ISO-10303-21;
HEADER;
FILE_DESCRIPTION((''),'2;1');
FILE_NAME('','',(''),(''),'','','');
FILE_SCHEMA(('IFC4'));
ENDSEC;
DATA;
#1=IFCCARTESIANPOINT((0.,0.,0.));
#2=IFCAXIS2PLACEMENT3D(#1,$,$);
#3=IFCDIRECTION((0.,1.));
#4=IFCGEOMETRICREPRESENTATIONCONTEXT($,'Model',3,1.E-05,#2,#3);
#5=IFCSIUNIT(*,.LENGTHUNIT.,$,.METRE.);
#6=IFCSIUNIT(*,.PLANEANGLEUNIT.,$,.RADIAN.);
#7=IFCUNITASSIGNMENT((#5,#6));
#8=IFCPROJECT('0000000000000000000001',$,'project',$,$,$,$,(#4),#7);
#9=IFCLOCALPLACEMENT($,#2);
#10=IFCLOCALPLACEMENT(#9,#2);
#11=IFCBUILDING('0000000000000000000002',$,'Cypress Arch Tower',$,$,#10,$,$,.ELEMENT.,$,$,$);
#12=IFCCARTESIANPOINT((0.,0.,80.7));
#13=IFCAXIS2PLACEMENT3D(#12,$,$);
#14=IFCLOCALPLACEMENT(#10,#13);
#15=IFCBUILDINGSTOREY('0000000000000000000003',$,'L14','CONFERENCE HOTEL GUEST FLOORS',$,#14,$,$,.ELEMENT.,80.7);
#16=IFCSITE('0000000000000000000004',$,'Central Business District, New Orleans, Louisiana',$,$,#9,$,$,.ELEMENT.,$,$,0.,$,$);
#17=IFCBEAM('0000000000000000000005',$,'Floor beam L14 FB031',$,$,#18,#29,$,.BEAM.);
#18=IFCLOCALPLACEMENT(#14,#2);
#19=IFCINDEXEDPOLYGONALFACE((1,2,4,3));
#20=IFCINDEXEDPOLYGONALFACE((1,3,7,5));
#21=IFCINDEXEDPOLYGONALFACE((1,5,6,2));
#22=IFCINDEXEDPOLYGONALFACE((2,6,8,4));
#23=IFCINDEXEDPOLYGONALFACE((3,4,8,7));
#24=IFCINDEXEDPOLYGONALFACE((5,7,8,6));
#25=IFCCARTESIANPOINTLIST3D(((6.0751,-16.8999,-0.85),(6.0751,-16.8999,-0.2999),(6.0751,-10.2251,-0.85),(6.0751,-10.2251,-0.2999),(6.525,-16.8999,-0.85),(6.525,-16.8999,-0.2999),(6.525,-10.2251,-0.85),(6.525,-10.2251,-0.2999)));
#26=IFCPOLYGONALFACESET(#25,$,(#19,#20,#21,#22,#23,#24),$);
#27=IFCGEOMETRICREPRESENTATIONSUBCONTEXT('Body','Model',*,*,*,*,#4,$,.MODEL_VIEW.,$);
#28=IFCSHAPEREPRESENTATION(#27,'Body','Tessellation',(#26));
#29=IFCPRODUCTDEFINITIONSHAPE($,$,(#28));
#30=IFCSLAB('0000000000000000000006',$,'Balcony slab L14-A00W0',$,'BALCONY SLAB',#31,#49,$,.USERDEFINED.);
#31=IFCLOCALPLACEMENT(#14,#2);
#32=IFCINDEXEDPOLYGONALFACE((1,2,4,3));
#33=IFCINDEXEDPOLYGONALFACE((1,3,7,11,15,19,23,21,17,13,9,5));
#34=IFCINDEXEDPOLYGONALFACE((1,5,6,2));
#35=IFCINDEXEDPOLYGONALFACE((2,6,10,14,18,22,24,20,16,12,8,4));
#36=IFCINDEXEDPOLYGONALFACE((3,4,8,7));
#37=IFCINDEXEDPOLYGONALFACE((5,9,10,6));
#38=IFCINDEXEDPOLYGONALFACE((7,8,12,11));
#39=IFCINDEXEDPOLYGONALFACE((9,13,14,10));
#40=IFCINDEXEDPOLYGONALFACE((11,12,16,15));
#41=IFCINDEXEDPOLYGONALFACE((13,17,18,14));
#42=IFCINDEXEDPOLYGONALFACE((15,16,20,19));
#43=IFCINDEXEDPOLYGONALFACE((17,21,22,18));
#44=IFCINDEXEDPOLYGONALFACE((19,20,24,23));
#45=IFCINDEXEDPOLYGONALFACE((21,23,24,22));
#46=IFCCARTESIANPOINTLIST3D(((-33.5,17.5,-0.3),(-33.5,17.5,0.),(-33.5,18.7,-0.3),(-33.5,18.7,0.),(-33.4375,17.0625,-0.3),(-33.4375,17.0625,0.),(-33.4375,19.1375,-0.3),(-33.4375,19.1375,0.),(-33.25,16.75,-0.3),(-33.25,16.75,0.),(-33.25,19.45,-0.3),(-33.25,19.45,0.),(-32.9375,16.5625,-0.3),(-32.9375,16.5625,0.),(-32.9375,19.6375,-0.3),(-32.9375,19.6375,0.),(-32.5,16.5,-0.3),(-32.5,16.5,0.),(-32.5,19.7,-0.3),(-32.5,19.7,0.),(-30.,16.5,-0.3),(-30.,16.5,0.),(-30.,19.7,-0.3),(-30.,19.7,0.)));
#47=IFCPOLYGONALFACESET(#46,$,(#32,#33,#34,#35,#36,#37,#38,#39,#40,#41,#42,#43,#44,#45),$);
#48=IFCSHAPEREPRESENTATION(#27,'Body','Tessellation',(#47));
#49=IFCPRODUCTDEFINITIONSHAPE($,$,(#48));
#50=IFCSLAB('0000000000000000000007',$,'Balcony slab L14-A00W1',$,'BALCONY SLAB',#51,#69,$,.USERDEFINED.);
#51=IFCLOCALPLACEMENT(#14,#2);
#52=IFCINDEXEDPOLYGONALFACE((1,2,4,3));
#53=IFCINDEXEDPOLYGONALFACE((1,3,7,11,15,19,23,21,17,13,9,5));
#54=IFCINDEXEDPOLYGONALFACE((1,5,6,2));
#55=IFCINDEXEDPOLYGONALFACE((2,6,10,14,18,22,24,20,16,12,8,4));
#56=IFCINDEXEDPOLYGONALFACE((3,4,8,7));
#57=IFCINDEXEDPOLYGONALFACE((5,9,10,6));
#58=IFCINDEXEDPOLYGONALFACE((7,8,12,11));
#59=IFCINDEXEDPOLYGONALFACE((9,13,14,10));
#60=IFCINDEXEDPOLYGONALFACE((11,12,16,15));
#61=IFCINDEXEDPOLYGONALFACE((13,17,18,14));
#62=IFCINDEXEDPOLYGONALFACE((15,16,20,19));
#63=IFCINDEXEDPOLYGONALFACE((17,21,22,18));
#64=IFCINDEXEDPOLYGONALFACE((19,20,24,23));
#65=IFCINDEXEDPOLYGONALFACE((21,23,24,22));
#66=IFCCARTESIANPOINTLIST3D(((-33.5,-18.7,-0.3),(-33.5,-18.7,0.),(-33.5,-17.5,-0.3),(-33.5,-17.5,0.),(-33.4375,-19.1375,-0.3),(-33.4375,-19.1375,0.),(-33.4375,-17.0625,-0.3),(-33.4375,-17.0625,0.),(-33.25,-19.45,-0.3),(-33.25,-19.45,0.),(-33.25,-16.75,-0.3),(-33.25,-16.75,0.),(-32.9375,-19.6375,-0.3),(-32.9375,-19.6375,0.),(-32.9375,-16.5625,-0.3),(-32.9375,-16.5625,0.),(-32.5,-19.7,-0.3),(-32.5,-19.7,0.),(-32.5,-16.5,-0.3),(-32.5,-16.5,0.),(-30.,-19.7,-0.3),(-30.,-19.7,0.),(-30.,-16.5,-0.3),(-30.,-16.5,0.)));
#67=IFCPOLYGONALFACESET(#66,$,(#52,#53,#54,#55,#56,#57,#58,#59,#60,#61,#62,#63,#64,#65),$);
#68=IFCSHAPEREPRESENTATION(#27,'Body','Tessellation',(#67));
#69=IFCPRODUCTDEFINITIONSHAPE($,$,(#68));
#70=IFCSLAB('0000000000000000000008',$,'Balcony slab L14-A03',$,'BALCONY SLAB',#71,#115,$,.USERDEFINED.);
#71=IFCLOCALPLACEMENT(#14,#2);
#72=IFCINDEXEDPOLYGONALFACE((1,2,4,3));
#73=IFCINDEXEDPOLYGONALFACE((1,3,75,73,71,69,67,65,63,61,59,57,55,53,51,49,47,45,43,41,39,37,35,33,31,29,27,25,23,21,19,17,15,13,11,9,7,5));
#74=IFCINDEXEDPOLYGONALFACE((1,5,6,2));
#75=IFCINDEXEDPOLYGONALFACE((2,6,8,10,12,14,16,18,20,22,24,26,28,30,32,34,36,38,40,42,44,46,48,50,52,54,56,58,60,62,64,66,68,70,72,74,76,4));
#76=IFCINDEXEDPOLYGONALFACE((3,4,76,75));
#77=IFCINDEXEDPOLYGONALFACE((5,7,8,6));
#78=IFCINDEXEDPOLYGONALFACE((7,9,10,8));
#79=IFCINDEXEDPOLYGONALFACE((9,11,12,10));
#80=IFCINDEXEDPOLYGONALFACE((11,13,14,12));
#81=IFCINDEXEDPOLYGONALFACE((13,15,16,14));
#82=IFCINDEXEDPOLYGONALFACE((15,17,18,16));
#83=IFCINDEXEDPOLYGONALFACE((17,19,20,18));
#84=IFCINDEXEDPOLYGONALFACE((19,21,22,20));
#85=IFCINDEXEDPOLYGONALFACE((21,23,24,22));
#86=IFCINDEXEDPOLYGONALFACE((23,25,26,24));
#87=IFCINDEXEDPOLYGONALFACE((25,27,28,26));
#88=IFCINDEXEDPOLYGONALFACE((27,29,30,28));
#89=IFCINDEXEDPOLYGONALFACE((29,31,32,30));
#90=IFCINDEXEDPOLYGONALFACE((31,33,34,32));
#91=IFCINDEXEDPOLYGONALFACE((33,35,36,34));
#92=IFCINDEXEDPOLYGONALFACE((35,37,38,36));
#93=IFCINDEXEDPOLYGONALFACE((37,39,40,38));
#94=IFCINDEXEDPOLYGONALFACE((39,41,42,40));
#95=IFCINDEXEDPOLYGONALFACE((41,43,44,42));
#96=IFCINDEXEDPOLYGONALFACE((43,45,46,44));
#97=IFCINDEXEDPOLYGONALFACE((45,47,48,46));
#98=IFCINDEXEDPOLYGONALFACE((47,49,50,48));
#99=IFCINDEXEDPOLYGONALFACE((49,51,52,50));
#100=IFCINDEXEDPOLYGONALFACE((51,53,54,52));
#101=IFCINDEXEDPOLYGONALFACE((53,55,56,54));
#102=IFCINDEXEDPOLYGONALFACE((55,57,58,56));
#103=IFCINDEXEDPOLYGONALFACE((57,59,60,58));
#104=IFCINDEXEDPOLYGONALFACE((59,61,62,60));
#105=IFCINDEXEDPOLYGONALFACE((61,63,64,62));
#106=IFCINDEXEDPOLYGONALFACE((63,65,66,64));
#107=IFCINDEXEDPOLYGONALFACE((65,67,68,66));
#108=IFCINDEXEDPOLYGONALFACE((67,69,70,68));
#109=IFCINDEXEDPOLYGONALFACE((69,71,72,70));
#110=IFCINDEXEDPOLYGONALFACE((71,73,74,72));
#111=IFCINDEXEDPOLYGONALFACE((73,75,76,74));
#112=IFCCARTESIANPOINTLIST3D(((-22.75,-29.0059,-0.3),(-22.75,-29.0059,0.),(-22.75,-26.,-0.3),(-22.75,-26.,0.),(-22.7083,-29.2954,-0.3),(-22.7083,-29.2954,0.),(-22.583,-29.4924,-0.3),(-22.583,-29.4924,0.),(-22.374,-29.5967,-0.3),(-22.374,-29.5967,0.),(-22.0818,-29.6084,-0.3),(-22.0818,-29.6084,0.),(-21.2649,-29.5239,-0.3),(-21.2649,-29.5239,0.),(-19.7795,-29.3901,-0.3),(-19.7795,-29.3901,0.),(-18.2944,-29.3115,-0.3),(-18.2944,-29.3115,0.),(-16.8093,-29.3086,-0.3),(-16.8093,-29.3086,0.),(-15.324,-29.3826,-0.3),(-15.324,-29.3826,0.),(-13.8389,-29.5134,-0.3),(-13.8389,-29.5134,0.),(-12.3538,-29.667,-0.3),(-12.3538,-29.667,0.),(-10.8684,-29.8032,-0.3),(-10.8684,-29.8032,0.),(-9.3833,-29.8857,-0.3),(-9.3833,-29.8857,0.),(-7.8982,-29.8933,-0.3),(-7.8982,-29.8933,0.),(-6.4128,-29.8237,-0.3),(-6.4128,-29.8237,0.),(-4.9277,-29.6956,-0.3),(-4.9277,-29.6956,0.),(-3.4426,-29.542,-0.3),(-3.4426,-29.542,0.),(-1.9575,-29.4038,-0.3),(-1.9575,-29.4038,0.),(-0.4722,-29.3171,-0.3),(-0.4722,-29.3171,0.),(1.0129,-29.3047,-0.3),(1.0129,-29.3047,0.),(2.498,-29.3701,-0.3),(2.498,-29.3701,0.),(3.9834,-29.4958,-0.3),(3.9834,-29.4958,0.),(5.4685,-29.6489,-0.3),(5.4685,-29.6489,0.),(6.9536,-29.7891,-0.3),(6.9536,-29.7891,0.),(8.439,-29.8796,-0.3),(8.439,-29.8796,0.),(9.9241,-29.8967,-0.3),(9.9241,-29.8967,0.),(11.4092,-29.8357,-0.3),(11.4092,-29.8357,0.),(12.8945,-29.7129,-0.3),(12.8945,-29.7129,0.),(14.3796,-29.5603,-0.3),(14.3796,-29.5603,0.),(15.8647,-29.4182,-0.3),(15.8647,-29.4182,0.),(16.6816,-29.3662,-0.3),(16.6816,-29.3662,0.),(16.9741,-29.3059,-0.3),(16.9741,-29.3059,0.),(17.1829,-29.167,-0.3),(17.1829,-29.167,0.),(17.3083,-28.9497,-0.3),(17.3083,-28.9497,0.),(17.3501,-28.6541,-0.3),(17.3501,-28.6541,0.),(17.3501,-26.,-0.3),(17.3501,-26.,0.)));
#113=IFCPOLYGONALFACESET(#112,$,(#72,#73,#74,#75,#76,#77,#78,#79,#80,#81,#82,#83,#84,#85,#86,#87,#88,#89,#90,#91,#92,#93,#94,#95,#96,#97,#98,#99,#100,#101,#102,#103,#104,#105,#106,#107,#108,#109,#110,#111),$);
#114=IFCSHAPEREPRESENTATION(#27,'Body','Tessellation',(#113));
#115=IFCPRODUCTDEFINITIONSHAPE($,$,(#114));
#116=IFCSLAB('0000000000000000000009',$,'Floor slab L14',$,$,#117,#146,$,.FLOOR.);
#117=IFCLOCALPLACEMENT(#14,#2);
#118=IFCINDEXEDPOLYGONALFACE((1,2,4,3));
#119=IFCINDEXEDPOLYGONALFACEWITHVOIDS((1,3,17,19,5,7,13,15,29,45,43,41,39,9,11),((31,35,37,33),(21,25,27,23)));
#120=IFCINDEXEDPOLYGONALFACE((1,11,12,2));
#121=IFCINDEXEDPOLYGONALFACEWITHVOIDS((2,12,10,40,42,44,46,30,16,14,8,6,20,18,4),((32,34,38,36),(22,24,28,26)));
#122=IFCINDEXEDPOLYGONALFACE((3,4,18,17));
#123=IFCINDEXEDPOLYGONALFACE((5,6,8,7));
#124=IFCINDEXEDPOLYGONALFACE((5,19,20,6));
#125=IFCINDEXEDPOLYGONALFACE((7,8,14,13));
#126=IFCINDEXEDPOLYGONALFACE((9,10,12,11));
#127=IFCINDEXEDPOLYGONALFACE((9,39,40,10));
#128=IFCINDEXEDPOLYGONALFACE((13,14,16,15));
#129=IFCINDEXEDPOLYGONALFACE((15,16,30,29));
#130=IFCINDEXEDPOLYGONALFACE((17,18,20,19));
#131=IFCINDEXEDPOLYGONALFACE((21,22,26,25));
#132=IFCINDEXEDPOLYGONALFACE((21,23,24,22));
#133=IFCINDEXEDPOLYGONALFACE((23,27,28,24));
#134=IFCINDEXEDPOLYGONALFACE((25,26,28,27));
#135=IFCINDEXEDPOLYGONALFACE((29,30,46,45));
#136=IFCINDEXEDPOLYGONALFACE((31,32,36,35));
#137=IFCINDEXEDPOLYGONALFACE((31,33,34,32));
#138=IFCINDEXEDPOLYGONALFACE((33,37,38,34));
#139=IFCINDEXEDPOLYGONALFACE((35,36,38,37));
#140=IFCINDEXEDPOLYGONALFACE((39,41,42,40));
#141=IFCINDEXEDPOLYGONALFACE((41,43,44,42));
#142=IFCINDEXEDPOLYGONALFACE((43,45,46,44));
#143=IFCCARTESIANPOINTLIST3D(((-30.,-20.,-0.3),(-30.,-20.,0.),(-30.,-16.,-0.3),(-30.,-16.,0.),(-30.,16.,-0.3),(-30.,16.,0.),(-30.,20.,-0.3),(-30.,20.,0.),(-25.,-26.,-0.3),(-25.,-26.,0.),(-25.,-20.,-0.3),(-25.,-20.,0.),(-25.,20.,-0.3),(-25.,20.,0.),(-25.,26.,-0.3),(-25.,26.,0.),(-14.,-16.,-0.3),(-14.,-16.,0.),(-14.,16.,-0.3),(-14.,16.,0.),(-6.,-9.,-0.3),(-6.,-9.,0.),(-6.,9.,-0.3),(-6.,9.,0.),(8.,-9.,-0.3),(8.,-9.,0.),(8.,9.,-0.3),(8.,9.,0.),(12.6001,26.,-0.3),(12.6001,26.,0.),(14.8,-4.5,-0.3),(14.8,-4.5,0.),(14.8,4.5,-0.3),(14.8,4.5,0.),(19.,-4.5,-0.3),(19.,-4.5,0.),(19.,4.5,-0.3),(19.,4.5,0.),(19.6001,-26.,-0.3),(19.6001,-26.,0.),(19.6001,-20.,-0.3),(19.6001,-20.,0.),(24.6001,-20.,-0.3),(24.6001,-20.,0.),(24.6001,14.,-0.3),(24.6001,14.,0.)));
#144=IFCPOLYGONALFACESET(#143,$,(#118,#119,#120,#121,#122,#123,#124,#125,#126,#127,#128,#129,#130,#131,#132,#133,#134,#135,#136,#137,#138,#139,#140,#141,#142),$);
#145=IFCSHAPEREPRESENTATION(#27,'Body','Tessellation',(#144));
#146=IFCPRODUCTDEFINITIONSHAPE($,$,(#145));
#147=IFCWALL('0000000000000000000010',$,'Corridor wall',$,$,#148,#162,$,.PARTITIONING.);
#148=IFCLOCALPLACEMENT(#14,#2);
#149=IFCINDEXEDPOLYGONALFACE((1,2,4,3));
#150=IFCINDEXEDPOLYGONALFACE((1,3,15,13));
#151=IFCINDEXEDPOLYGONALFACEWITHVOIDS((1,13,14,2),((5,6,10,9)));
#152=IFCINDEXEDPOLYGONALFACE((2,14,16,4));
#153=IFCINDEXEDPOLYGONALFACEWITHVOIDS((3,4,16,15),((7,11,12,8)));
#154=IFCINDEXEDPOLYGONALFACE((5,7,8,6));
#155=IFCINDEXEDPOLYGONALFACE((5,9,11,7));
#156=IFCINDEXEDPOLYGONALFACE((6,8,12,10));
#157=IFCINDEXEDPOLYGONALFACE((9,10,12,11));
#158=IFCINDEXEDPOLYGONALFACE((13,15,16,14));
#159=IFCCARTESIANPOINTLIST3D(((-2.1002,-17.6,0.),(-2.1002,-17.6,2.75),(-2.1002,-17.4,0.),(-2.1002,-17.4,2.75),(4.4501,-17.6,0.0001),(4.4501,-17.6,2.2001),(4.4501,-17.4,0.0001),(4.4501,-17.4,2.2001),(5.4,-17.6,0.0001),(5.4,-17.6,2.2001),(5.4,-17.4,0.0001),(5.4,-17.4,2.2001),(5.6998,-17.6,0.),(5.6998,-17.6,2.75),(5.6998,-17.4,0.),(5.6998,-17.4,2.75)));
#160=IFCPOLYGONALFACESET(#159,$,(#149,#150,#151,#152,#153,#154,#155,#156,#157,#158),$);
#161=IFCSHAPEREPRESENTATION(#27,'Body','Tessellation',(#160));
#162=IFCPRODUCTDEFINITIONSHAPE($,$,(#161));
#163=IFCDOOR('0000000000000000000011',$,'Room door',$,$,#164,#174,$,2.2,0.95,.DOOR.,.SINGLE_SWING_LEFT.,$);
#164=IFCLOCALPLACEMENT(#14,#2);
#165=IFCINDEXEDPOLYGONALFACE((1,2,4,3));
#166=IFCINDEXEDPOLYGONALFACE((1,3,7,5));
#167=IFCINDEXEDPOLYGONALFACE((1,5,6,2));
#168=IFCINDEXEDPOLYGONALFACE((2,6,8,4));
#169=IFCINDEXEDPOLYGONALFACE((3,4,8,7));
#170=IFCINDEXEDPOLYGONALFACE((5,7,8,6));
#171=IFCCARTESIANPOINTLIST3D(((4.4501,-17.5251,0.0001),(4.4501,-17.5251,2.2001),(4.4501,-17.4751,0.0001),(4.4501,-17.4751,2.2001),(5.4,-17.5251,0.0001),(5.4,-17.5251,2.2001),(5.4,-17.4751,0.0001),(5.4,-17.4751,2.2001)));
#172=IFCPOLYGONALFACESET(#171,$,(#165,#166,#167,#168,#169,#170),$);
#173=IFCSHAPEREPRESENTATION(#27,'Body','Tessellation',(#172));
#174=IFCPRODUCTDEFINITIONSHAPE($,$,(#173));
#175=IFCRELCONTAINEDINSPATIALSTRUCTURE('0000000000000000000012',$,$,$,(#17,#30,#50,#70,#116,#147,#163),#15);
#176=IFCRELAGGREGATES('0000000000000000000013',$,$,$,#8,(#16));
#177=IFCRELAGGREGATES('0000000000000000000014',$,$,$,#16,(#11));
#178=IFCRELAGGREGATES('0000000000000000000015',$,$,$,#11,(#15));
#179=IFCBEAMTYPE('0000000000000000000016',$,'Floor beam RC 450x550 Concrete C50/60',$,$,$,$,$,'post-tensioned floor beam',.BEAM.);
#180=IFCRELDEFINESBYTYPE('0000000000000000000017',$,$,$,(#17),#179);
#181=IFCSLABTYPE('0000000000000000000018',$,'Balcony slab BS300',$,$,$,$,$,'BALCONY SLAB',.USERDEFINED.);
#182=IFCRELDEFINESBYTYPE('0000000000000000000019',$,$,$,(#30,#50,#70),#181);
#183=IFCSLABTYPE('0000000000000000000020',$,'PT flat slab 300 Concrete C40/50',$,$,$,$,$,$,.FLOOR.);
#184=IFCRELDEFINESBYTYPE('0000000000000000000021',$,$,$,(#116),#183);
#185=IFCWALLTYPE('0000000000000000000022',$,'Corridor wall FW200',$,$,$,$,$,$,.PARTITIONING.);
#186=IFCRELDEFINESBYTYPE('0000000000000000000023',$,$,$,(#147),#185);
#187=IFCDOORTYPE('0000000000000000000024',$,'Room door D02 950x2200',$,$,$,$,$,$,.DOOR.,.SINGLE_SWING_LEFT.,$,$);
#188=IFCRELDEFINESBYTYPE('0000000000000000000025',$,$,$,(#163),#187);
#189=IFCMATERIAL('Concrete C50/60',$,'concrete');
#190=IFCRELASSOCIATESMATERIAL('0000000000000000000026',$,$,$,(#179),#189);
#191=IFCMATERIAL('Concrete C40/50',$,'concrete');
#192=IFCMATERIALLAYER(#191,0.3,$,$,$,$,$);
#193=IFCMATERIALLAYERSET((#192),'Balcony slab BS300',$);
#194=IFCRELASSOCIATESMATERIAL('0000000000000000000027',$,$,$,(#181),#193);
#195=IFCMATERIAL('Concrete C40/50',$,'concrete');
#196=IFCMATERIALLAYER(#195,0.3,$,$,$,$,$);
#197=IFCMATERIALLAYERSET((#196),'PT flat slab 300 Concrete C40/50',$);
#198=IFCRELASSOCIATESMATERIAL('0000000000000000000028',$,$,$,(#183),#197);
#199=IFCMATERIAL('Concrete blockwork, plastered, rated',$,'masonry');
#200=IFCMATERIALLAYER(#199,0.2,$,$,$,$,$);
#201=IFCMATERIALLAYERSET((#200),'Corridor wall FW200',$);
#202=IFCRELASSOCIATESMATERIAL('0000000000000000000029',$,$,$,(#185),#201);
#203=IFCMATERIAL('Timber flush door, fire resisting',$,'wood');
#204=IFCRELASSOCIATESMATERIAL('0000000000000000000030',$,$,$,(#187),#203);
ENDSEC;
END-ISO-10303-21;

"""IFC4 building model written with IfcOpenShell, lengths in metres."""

from ifc_helpers import new_model, si_unit, direction, frame, frame_2d, origin, origin_2d, place, context, subcontext, project, spatial, polyline, rectangle, outline, extrude, material, layer, layer_set, material_profile, profile_set, type_object, element, fill, save


model = new_model("IFC4")

# Units and contexts
model_context = context("Model", 3, precision=1e-05, world=origin(), true_north=direction((0.0, 1.0)))
body_context = subcontext(model_context, "Body", "Model", "MODEL_VIEW")
ifc_project = project(units=[si_unit("LENGTHUNIT", "METRE"), si_unit("PLANEANGLEUNIT", "RADIAN")], contexts=[model_context])

# Site, building, storey
site_placement = place(None, origin())
site = spatial("IfcSite", under=ifc_project, at=site_placement, Name="Central Business District, New Orleans, Louisiana", CompositionType="ELEMENT", RefElevation=0.0)
building_placement = place(site_placement, origin())
building = spatial("IfcBuilding", under=site, at=building_placement, Name="Cypress Arch Tower", CompositionType="ELEMENT")
storey_placement = place(building_placement, frame((0.0, 0.0, 80.7)))
storey = spatial("IfcBuildingStorey", under=building, at=storey_placement, Name="L14", Description="CONFERENCE HOTEL GUEST FLOORS", CompositionType="ELEMENT", Elevation=80.7)

# Beam
ifc_material_1 = material(Name="Concrete C50/60", Category="concrete")
ifc_material_profile_1 = material_profile(ifc_material_1, rectangle(XDim=0.45, YDim=0.55, at=origin_2d()), Name="RC 450x550")
ifc_profile_set_1 = profile_set([ifc_material_profile_1], Name="Concrete C50/60")
beam_type_1 = type_object("IfcBeamType", Name="Floor beam RC 450x550 Concrete C50/60", ElementType="post-tensioned floor beam", PredefinedType="BEAM", material=ifc_profile_set_1)
beam_1_placement = place(storey_placement, frame((6.3, -16.8999, -0.575), z_axis=(0.0, 1.0, 0.0), x_axis=(-1.0, 0.0, 0.0)))
element("IfcBeam", 1, at=beam_1_placement, inside=storey, type_object=beam_type_1, Name="Floor beam L14 FB031", PredefinedType="BEAM", context=body_context, shape_type="SweptSolid", body=[
    extrude(rectangle(XDim=0.45, YDim=0.55, at=origin_2d()), origin(), (0.0, 0.0, 1.0), 6.6748),
])

# Slabs
ifc_material_2 = material(Name="Concrete C40/50", Category="concrete")
ifc_layer_1 = layer(ifc_material_2, 0.3)
ifc_layer_set_1 = layer_set([ifc_layer_1], Name="Balcony slab BS300")
slab_type_1 = type_object("IfcSlabType", Name="Balcony slab BS300", ElementType="BALCONY SLAB", PredefinedType="USERDEFINED", material=ifc_layer_set_1)
slab_1_placement = place(storey_placement, frame((0.0, 0.0, -0.3)))
element("IfcSlab", 2, at=slab_1_placement, inside=storey, type_object=slab_type_1, Name="Balcony slab L14-A00W0", ObjectType="BALCONY SLAB", PredefinedType="USERDEFINED", context=body_context, shape_type="SweptSolid", body=[
    extrude(outline(polyline([(-30.0, 19.7), (-32.5, 19.7), (-32.9375, 19.6375), (-33.25, 19.45), (-33.4375, 19.1375), (-33.5, 18.7), (-33.5, 17.5), (-33.4375, 17.0625), (-33.25, 16.75), (-32.9375, 16.5625), (-32.5, 16.5), (-30.0, 16.5), (-30.0, 19.7)])), origin(), (0.0, 0.0, 1.0), 0.3),
])
slab_2_placement = place(storey_placement, frame((0.0, 0.0, -0.3)))
element("IfcSlab", 3, at=slab_2_placement, inside=storey, type_object=slab_type_1, Name="Balcony slab L14-A00W1", ObjectType="BALCONY SLAB", PredefinedType="USERDEFINED", context=body_context, shape_type="SweptSolid", body=[
    extrude(outline(polyline([(-30.0, -16.5), (-32.5, -16.5), (-32.9375, -16.5625), (-33.25, -16.75), (-33.4375, -17.0625), (-33.5, -17.5), (-33.5, -18.7), (-33.4375, -19.1375), (-33.25, -19.45), (-32.9375, -19.6375), (-32.5, -19.7), (-30.0, -19.7), (-30.0, -16.5)])), origin(), (0.0, 0.0, 1.0), 0.3),
])
slab_3_placement = place(storey_placement, frame((0.0, 0.0, -0.3)))
element("IfcSlab", 4, at=slab_3_placement, inside=storey, type_object=slab_type_1, Name="Balcony slab L14-A03", ObjectType="BALCONY SLAB", PredefinedType="USERDEFINED", context=body_context, shape_type="SweptSolid", body=[
    extrude(outline(polyline([(-22.75, -26.0), (-22.75, -29.0059), (-22.7083, -29.2954), (-22.583, -29.4924), (-22.374, -29.5967), (-22.0818, -29.6084), (-21.2649, -29.5239), (-19.7795, -29.3901), (-18.2944, -29.3115), (-16.8093, -29.3086), (-15.324, -29.3826), (-13.8389, -29.5134), (-12.3538, -29.667), (-10.8684, -29.8032), (-9.3833, -29.8857), (-7.8982, -29.8933), (-6.4128, -29.8237), (-4.9277, -29.6956), (-3.4426, -29.542), (-1.9575, -29.4038), (-0.4722, -29.3171), (1.0129, -29.3047), (2.498, -29.3701), (3.9834, -29.4958), (5.4685, -29.6489), (6.9536, -29.7891), (8.439, -29.8796), (9.9241, -29.8967), (11.4092, -29.8357), (12.8945, -29.7129), (14.3796, -29.5603), (15.8647, -29.4182), (16.6816, -29.3662), (16.9741, -29.3059), (17.1829, -29.167), (17.3083, -28.9497), (17.3501, -28.6541), (17.3501, -26.0), (-22.75, -26.0)])), origin(), (0.0, 0.0, 1.0), 0.3),
])
ifc_material_3 = material(Name="Concrete C40/50", Category="concrete")
ifc_layer_2 = layer(ifc_material_3, 0.3)
ifc_layer_set_2 = layer_set([ifc_layer_2], Name="PT flat slab 300 Concrete C40/50")
slab_type_2 = type_object("IfcSlabType", Name="PT flat slab 300 Concrete C40/50", PredefinedType="FLOOR", material=ifc_layer_set_2)
slab_4_placement = place(storey_placement, frame((0.0, 0.0, -0.3)))
element("IfcSlab", 5, at=slab_4_placement, inside=storey, type_object=slab_type_2, Name="Floor slab L14", PredefinedType="FLOOR", context=body_context, shape_type="SweptSolid", body=[
    extrude(outline(polyline([(-30.0, 20.0), (-25.0, 20.0), (-25.0, 26.0), (12.6001, 26.0), (24.6001, 14.0), (24.6001, -20.0), (19.6001, -20.0), (19.6001, -26.0), (-25.0, -26.0), (-25.0, -20.0), (-30.0, -20.0), (-30.0, -16.0), (-14.0, -16.0), (-14.0, 16.0), (-30.0, 16.0), (-30.0, 20.0)]), holes=[polyline([(-6.0, -9.0), (8.0, -9.0), (8.0, 9.0), (-6.0, 9.0), (-6.0, -9.0)]), polyline([(14.8, -4.5), (19.0, -4.5), (19.0, 4.5), (14.8, 4.5), (14.8, -4.5)])]), origin(), (0.0, 0.0, 1.0), 0.3),
])

# Wall, opening, door
ifc_material_4 = material(Name="Concrete blockwork, plastered, rated", Category="masonry")
ifc_layer_3 = layer(ifc_material_4, 0.2)
ifc_layer_set_3 = layer_set([ifc_layer_3], Name="Corridor wall FW200")
wall_type_1 = type_object("IfcWallType", Name="Corridor wall FW200", PredefinedType="PARTITIONING", material=ifc_layer_set_3)
wall_1_placement = place(storey_placement, frame((-2.1001, -17.5, 0.0), z_axis=(0.0, 0.0, 1.0), x_axis=(1.0, 0.0, 0.0)))
wall_1 = element("IfcWall", 6, at=wall_1_placement, inside=storey, type_object=wall_type_1, Name="Corridor wall", PredefinedType="PARTITIONING", context=body_context, shape_type="SweptSolid", body=[
    extrude(rectangle(XDim=7.8, YDim=0.2, at=frame_2d((3.8999, 0.0))), origin(), (0.0, 0.0, 1.0), 2.75),
])
opening_1_placement = place(wall_1_placement, frame((6.55, 0.0, 0.0)))
opening_1 = element("IfcOpeningElement", 7, at=opening_1_placement, cuts=wall_1, PredefinedType="OPENING", context=body_context, shape_type="SweptSolid", body=[
    extrude(rectangle(XDim=0.95, YDim=2.2, at=frame_2d((0.4751, 1.1001))), frame((0.0, 0.1099, 0.0), z_axis=(0.0, -1.0, 0.0), x_axis=(1.0, 0.0, 0.0)), (0.0, 0.0, 1.0), 0.22),
])
ifc_material_5 = material(Name="Timber flush door, fire resisting", Category="wood")
door_type_1 = type_object("IfcDoorType", Name="Room door D02 950x2200", OperationType="SINGLE_SWING_LEFT", PredefinedType="DOOR", material=ifc_material_5)
door_1_placement = place(opening_1_placement, origin())
door_1 = element("IfcDoor", 8, at=door_1_placement, inside=storey, type_object=door_type_1, Name="Room door", OperationType="SINGLE_SWING_LEFT", OverallHeight=2.2, OverallWidth=0.95, PredefinedType="DOOR", context=body_context, shape_type="SweptSolid", body=[
    extrude(rectangle(XDim=0.95, YDim=2.2, at=frame_2d((0.4751, 1.1001))), frame((0.0, 0.0249, 0.0), z_axis=(0.0, -1.0, 0.0), x_axis=(1.0, 0.0, 0.0)), (0.0, 0.0, 1.0), 0.05),
])
fill(opening_1, door_1)

save(model, "model.ifc")
